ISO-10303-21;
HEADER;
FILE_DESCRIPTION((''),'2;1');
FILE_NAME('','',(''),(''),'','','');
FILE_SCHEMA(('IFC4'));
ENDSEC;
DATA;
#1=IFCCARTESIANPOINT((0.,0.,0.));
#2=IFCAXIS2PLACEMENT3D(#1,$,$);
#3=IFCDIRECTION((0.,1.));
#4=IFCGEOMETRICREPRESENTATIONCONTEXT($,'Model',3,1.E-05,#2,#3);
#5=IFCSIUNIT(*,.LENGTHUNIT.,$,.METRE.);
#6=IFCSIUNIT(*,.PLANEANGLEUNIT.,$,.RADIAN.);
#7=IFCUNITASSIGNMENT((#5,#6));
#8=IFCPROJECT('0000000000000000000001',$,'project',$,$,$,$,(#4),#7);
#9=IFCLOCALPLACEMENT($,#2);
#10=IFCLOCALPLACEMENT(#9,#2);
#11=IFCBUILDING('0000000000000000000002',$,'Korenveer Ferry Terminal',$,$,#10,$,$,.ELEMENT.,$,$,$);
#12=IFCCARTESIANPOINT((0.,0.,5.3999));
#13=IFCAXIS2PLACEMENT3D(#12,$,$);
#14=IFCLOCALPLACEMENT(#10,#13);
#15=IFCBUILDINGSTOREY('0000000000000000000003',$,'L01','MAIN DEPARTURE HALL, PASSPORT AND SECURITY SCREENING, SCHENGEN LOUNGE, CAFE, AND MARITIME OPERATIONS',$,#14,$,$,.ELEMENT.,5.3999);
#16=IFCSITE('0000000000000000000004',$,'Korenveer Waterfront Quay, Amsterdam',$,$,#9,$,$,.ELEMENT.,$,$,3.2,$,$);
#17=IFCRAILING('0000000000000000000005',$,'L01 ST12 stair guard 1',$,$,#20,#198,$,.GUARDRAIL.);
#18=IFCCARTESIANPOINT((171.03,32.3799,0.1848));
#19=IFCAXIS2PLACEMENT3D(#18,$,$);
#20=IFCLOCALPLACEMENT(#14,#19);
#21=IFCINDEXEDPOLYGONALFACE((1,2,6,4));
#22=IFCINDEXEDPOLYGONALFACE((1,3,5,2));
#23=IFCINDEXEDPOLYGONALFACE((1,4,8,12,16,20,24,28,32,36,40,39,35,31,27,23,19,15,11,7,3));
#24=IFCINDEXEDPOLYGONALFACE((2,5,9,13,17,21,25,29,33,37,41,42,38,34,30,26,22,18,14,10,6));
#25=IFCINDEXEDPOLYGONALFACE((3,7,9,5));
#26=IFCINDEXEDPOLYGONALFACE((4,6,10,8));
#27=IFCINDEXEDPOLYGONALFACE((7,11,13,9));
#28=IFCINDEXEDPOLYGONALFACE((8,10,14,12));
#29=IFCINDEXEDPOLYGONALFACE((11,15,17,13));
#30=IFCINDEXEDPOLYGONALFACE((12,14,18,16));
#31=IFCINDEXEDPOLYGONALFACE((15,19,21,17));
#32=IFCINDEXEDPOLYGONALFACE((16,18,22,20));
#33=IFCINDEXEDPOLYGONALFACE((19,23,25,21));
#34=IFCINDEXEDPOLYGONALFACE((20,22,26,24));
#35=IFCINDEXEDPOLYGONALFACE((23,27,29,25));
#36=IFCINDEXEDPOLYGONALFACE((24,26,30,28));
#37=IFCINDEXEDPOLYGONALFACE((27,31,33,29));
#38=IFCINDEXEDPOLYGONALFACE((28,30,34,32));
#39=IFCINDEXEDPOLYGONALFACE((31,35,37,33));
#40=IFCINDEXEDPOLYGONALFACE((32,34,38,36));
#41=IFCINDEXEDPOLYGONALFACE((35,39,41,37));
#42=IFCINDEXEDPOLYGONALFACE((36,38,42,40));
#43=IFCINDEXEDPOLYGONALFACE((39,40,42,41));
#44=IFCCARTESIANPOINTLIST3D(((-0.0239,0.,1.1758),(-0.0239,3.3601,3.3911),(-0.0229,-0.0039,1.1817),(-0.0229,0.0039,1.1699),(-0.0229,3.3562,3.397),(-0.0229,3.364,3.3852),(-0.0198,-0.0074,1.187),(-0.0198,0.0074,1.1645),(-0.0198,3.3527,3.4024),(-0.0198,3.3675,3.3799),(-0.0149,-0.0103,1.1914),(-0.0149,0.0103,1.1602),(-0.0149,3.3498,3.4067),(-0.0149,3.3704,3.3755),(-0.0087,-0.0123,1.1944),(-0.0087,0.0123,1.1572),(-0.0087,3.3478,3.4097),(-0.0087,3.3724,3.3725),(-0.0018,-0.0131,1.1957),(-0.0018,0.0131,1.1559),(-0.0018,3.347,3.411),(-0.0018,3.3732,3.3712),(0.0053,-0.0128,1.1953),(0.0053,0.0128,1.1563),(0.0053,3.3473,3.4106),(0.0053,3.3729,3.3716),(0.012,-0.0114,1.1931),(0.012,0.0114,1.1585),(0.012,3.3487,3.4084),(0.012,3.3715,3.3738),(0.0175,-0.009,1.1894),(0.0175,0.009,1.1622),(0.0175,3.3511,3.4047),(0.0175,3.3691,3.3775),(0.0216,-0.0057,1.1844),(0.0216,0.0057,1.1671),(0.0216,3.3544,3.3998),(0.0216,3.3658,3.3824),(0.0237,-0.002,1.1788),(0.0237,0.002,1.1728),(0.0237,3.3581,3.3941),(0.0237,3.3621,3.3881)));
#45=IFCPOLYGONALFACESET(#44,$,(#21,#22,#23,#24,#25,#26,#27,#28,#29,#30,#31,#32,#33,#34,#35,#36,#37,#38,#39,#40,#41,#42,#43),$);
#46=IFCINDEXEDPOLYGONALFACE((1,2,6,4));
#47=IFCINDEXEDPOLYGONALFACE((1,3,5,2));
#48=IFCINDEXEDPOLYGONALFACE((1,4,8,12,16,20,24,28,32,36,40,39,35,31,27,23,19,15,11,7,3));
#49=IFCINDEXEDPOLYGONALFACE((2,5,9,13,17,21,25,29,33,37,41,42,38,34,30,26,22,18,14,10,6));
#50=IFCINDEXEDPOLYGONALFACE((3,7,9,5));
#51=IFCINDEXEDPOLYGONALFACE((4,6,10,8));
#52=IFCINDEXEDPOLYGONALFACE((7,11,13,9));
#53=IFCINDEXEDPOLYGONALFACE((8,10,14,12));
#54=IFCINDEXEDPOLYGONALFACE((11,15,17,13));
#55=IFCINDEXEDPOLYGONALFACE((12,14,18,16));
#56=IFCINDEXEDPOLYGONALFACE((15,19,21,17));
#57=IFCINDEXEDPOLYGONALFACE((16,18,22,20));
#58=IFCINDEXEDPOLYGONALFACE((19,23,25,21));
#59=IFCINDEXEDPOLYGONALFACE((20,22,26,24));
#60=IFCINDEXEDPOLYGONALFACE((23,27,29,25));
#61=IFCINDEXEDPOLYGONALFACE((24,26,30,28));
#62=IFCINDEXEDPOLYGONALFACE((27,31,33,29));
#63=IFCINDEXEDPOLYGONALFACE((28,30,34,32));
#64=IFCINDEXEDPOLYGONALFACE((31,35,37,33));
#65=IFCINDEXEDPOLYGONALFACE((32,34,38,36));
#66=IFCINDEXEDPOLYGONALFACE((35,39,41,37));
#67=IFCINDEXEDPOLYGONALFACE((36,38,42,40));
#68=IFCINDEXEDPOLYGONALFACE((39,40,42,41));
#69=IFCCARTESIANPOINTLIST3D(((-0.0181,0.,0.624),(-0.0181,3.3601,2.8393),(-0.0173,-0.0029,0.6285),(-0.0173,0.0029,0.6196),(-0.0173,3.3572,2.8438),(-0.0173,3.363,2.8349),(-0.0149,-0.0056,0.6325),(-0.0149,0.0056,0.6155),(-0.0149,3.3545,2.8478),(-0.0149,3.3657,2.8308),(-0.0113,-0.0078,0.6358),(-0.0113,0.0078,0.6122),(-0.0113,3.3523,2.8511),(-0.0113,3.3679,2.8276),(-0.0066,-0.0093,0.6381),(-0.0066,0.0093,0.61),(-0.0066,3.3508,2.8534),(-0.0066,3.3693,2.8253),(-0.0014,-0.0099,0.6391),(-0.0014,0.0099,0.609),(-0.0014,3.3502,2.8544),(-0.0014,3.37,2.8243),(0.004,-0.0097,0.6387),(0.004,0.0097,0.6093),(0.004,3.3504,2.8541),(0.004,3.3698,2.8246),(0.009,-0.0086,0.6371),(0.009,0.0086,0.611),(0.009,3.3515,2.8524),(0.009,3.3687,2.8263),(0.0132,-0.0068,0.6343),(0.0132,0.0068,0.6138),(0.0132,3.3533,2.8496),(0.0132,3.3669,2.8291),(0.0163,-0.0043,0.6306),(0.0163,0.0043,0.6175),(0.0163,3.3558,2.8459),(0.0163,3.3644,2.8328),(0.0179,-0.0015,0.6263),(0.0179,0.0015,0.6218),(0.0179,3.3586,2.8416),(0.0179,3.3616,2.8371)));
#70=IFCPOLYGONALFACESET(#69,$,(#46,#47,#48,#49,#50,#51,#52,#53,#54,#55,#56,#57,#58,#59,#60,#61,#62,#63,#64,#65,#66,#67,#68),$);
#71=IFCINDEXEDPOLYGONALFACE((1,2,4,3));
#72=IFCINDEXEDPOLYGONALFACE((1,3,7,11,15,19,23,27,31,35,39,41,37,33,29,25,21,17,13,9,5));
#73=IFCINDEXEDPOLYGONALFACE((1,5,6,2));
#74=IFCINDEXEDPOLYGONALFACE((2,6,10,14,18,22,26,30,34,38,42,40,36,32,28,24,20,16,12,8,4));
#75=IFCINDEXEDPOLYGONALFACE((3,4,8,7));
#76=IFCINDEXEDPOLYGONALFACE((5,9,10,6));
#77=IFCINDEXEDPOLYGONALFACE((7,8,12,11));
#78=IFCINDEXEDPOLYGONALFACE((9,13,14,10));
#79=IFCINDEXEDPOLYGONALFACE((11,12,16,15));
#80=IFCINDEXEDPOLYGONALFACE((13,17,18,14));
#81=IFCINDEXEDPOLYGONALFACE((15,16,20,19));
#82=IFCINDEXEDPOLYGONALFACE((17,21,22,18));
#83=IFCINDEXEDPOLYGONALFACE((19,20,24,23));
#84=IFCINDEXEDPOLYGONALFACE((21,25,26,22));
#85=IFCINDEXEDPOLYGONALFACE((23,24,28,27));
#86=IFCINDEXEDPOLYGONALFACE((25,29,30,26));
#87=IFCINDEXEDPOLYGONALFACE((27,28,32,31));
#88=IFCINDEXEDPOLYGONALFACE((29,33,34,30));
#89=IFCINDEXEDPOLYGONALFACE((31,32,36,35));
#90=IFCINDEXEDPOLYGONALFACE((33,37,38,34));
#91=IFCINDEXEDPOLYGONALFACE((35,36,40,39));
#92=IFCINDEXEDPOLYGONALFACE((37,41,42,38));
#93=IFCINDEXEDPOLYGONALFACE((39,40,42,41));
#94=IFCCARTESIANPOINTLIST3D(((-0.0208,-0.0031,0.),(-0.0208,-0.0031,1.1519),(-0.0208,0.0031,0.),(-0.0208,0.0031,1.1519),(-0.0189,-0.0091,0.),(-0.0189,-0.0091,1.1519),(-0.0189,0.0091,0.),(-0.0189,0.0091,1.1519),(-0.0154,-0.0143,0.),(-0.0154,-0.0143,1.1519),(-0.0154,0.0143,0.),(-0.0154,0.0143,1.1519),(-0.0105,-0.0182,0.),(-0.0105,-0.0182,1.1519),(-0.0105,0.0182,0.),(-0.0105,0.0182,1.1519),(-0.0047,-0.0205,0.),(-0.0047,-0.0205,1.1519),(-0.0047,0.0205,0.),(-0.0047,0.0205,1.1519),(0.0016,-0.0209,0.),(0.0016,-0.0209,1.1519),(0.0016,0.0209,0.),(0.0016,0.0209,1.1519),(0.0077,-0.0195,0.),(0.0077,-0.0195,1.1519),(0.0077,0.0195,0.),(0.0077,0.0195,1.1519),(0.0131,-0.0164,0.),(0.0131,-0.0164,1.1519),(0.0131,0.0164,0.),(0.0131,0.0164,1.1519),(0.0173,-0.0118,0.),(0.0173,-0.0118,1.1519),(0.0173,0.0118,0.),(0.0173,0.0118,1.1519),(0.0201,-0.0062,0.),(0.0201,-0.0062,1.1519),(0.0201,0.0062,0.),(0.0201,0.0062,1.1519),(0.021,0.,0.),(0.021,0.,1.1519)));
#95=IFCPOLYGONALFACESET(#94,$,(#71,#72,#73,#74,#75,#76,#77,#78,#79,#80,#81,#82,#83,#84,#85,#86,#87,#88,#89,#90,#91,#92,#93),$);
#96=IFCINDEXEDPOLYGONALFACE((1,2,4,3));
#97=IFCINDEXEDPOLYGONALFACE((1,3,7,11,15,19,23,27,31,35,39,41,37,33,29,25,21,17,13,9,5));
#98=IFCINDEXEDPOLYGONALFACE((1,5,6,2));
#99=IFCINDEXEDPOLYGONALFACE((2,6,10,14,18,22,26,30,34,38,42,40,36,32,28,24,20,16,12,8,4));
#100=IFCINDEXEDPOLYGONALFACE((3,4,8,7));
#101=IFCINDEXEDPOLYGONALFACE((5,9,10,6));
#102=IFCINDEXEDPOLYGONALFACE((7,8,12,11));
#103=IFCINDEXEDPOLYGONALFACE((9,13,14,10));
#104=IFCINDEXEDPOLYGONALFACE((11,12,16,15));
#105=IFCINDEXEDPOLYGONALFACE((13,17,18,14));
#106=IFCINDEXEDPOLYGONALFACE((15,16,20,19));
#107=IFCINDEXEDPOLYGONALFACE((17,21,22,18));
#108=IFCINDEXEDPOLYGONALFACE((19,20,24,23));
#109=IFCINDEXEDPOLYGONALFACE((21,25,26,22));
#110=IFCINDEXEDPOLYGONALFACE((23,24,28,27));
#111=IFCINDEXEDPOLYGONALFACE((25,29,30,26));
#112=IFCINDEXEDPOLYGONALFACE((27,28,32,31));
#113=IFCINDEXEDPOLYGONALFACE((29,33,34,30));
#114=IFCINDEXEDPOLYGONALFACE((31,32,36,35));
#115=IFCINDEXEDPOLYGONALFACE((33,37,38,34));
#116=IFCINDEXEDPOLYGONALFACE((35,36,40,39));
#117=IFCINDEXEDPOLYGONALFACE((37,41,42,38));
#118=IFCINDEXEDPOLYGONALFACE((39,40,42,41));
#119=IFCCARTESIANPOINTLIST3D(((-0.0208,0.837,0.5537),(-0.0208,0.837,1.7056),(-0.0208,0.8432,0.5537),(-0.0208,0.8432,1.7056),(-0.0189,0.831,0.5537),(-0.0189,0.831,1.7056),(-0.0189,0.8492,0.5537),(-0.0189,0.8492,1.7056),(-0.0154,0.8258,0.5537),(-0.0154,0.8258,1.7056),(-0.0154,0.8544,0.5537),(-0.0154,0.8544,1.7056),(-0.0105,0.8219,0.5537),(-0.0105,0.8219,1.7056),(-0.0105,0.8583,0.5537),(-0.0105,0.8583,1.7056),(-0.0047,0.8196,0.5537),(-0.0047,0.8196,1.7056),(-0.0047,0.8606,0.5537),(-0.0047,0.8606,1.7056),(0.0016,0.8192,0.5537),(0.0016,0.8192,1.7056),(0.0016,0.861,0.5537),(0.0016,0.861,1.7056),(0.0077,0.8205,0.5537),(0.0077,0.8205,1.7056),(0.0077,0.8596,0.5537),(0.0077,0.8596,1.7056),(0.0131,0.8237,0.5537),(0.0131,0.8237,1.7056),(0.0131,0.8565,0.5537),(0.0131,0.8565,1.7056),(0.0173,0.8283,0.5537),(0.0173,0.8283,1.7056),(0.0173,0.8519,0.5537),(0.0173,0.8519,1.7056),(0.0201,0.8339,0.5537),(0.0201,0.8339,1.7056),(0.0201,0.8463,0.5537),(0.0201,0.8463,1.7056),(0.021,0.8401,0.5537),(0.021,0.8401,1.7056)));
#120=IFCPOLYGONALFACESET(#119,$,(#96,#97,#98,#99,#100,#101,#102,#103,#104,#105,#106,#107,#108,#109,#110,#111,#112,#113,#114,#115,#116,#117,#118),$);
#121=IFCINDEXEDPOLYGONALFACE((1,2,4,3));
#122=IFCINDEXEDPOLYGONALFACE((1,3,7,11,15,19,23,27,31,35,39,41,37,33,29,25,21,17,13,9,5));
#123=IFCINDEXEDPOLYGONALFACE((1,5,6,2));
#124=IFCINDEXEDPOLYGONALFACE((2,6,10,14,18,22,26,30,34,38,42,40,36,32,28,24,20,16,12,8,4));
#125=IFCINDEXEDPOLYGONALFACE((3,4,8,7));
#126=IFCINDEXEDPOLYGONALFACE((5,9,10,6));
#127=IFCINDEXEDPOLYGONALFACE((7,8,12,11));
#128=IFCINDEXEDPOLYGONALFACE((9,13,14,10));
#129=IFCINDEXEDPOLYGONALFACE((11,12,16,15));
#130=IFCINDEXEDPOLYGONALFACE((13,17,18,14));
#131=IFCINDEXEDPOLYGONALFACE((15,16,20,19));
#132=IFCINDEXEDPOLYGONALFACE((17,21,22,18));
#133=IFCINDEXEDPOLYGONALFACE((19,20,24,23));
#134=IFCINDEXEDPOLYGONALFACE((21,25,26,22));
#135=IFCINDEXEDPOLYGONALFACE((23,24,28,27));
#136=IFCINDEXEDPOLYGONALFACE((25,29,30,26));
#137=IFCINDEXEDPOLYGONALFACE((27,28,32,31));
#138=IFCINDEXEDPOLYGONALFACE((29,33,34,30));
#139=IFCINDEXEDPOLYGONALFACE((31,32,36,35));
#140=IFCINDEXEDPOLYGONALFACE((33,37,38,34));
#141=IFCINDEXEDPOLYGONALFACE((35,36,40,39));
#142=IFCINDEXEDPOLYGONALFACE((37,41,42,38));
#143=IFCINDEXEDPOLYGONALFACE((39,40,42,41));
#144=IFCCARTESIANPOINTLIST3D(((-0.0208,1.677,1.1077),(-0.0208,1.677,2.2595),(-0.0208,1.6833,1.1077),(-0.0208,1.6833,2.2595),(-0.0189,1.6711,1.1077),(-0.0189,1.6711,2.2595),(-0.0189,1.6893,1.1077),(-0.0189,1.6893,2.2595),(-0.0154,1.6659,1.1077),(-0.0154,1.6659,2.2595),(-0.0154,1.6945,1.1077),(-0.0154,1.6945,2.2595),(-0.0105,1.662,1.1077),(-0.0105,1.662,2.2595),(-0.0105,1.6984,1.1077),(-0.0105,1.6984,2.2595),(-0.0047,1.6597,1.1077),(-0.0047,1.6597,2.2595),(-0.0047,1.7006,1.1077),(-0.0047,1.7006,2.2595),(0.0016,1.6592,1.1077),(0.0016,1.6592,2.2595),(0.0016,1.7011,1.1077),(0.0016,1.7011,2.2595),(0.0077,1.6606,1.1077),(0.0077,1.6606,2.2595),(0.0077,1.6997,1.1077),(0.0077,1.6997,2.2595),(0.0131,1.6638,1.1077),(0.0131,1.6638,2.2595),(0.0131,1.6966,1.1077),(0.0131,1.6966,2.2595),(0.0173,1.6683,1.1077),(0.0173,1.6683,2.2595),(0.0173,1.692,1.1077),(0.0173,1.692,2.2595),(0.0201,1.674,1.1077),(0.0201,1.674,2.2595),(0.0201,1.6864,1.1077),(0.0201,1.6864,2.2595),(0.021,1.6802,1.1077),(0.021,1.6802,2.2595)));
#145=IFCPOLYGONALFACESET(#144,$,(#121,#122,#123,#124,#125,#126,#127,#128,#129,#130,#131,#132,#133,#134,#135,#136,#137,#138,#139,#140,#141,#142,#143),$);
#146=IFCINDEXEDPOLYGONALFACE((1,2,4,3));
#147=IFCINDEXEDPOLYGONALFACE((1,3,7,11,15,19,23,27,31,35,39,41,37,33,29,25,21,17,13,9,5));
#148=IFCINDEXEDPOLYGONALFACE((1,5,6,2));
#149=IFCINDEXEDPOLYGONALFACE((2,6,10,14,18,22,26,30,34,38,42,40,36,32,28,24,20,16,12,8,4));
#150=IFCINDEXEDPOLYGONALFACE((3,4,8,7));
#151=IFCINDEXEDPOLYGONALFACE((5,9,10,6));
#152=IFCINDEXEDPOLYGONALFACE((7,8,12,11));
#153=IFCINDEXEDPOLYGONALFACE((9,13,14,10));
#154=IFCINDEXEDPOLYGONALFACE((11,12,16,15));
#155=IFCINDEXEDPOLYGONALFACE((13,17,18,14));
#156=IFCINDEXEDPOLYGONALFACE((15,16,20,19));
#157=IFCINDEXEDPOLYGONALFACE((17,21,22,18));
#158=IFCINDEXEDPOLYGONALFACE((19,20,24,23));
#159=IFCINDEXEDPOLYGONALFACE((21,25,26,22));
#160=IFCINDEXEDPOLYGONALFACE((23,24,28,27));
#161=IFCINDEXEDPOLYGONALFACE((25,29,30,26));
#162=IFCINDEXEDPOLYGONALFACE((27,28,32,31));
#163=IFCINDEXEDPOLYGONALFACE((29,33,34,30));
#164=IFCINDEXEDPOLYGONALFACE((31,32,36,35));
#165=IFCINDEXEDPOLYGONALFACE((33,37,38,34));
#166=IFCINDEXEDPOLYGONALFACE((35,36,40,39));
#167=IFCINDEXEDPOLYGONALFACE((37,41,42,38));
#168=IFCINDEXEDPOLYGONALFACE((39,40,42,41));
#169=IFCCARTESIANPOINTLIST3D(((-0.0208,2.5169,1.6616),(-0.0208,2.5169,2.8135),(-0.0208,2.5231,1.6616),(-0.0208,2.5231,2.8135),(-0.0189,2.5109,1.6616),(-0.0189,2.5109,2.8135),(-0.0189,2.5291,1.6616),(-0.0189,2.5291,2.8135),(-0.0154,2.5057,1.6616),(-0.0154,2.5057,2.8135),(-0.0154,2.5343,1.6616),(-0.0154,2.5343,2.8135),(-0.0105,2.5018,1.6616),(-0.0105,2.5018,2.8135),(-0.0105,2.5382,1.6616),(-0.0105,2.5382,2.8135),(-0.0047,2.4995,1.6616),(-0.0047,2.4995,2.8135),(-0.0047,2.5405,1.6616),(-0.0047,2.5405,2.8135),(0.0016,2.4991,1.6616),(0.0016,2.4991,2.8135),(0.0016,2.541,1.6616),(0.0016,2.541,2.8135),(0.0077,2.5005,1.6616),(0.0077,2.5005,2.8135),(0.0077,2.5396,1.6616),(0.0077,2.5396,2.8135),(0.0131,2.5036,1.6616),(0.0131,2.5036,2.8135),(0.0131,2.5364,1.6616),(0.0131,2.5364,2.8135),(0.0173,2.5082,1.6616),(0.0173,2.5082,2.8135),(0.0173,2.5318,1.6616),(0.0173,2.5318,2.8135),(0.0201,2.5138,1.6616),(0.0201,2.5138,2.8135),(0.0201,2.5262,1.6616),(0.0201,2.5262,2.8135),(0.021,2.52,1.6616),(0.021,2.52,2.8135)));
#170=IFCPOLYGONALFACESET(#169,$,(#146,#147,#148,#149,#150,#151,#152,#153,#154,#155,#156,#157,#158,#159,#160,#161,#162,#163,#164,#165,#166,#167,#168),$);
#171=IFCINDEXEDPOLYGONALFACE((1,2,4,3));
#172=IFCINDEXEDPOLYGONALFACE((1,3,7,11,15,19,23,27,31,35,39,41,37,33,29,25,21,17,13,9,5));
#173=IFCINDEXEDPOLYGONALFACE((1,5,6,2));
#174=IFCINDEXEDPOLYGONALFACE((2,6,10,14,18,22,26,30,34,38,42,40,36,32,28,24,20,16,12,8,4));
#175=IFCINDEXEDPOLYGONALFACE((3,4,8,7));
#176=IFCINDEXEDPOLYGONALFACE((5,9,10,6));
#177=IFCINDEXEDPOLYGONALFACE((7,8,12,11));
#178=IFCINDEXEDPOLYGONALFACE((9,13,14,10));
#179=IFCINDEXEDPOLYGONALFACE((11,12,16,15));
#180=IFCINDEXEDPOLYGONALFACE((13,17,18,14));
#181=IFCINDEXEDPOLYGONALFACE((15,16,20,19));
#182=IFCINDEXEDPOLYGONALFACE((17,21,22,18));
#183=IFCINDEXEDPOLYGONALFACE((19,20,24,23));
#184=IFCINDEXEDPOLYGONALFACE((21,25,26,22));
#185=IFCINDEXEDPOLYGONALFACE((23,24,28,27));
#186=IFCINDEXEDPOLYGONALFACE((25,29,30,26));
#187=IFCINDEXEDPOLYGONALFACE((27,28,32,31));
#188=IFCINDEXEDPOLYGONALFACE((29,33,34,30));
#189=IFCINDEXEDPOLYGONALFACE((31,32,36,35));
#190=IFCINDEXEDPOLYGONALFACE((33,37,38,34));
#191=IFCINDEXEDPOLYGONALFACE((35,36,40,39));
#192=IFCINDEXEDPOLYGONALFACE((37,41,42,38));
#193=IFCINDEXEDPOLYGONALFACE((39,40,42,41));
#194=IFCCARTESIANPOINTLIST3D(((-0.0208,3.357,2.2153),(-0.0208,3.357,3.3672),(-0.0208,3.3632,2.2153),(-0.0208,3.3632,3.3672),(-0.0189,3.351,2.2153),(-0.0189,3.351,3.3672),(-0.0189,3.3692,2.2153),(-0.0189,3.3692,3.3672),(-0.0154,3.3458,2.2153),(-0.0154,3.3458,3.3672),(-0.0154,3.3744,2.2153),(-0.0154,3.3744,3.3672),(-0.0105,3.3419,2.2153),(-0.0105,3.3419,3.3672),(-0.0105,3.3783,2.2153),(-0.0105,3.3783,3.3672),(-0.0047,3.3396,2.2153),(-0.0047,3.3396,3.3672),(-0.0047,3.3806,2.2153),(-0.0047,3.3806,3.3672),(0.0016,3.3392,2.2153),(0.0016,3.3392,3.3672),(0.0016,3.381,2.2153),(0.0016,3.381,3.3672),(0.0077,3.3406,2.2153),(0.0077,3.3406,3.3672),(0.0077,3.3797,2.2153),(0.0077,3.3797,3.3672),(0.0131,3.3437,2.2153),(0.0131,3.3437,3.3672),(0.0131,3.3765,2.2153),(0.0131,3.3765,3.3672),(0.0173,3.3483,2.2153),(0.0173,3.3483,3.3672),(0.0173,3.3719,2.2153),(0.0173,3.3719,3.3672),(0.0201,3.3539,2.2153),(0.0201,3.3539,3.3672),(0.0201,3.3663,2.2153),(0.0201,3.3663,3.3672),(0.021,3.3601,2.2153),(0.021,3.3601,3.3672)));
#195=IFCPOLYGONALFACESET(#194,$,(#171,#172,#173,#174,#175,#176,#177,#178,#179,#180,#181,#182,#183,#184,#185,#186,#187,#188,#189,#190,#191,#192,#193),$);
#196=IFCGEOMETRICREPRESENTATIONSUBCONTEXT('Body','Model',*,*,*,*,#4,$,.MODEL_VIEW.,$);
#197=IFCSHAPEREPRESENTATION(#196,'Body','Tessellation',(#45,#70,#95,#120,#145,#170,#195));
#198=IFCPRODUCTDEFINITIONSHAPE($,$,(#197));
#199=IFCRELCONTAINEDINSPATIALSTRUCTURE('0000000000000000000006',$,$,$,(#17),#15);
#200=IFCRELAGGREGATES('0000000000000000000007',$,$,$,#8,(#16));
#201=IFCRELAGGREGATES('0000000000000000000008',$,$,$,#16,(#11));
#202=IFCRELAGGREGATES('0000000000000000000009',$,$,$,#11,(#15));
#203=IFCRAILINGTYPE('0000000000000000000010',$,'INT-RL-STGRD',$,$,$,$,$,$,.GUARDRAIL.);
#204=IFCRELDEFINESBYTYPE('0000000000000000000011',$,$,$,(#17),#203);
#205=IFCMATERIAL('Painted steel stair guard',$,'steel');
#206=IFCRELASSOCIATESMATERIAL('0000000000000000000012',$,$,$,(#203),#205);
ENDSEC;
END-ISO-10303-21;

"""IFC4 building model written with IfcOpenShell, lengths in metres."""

from ifc_helpers import new_model, si_unit, direction, frame, origin, origin_2d, place, context, subcontext, project, spatial, circle, extrude, material, type_object, element, save


model = new_model("IFC4")

# Units and contexts
model_context = context("Model", 3, precision=1e-05, world=origin(), true_north=direction((0.0, 1.0)))
body_context = subcontext(model_context, "Body", "Model", "MODEL_VIEW")
ifc_project = project(units=[si_unit("LENGTHUNIT", "METRE"), si_unit("PLANEANGLEUNIT", "RADIAN")], contexts=[model_context])

# Site, building, storey
site_placement = place(None, origin())
site = spatial("IfcSite", under=ifc_project, at=site_placement, Name="Korenveer Waterfront Quay, Amsterdam", CompositionType="ELEMENT", RefElevation=3.2)
building_placement = place(site_placement, origin())
building = spatial("IfcBuilding", under=site, at=building_placement, Name="Korenveer Ferry Terminal", CompositionType="ELEMENT")
storey_placement = place(building_placement, frame((0.0, 0.0, 5.3999)))
storey = spatial("IfcBuildingStorey", under=building, at=storey_placement, Name="L01", Description="MAIN DEPARTURE HALL, PASSPORT AND SECURITY SCREENING, SCHENGEN LOUNGE, CAFE, AND MARITIME OPERATIONS", CompositionType="ELEMENT", Elevation=5.3999)

# Railing
ifc_material_1 = material(Name="Painted steel stair guard", Category="steel")
railing_type_1 = type_object("IfcRailingType", Name="INT-RL-STGRD", PredefinedType="GUARDRAIL", material=ifc_material_1)
railing_1_placement = place(storey_placement, frame((171.03, 32.3799, 0.1848)))
element("IfcRailing", 1, at=railing_1_placement, inside=storey, type_object=railing_type_1, Name="L01 ST12 stair guard 1", PredefinedType="GUARDRAIL", context=body_context, shape_type="SweptSolid", body=[
    extrude(circle(Radius=0.0239, at=origin_2d()), frame((0.0, 0.0, 1.1758), z_axis=(0.0, 0.834876, 0.550437), x_axis=(-1.0, 0.0, 0.0)), (0.0, 0.0, 1.0), 4.0247),
    extrude(circle(Radius=0.0181, at=origin_2d()), frame((0.0, 0.0, 0.624), z_axis=(0.0, 0.834876, 0.550437), x_axis=(-1.0, 0.0, 0.0)), (0.0, 0.0, 1.0), 4.0247),
    extrude(circle(Radius=0.021, at=origin_2d()), origin(), (0.0, 0.0, 1.0), 1.1519),
    extrude(circle(Radius=0.021, at=origin_2d()), frame((0.0, 0.8401, 0.5537)), (0.0, 0.0, 1.0), 1.1519),
    extrude(circle(Radius=0.021, at=origin_2d()), frame((0.0, 1.6802, 1.1077)), (0.0, 0.0, 1.0), 1.1519),
    extrude(circle(Radius=0.021, at=origin_2d()), frame((0.0, 2.52, 1.6616)), (0.0, 0.0, 1.0), 1.1519),
    extrude(circle(Radius=0.021, at=origin_2d()), frame((0.0, 3.3601, 2.2153)), (0.0, 0.0, 1.0), 1.1519),
])

save(model, "model.ifc")
